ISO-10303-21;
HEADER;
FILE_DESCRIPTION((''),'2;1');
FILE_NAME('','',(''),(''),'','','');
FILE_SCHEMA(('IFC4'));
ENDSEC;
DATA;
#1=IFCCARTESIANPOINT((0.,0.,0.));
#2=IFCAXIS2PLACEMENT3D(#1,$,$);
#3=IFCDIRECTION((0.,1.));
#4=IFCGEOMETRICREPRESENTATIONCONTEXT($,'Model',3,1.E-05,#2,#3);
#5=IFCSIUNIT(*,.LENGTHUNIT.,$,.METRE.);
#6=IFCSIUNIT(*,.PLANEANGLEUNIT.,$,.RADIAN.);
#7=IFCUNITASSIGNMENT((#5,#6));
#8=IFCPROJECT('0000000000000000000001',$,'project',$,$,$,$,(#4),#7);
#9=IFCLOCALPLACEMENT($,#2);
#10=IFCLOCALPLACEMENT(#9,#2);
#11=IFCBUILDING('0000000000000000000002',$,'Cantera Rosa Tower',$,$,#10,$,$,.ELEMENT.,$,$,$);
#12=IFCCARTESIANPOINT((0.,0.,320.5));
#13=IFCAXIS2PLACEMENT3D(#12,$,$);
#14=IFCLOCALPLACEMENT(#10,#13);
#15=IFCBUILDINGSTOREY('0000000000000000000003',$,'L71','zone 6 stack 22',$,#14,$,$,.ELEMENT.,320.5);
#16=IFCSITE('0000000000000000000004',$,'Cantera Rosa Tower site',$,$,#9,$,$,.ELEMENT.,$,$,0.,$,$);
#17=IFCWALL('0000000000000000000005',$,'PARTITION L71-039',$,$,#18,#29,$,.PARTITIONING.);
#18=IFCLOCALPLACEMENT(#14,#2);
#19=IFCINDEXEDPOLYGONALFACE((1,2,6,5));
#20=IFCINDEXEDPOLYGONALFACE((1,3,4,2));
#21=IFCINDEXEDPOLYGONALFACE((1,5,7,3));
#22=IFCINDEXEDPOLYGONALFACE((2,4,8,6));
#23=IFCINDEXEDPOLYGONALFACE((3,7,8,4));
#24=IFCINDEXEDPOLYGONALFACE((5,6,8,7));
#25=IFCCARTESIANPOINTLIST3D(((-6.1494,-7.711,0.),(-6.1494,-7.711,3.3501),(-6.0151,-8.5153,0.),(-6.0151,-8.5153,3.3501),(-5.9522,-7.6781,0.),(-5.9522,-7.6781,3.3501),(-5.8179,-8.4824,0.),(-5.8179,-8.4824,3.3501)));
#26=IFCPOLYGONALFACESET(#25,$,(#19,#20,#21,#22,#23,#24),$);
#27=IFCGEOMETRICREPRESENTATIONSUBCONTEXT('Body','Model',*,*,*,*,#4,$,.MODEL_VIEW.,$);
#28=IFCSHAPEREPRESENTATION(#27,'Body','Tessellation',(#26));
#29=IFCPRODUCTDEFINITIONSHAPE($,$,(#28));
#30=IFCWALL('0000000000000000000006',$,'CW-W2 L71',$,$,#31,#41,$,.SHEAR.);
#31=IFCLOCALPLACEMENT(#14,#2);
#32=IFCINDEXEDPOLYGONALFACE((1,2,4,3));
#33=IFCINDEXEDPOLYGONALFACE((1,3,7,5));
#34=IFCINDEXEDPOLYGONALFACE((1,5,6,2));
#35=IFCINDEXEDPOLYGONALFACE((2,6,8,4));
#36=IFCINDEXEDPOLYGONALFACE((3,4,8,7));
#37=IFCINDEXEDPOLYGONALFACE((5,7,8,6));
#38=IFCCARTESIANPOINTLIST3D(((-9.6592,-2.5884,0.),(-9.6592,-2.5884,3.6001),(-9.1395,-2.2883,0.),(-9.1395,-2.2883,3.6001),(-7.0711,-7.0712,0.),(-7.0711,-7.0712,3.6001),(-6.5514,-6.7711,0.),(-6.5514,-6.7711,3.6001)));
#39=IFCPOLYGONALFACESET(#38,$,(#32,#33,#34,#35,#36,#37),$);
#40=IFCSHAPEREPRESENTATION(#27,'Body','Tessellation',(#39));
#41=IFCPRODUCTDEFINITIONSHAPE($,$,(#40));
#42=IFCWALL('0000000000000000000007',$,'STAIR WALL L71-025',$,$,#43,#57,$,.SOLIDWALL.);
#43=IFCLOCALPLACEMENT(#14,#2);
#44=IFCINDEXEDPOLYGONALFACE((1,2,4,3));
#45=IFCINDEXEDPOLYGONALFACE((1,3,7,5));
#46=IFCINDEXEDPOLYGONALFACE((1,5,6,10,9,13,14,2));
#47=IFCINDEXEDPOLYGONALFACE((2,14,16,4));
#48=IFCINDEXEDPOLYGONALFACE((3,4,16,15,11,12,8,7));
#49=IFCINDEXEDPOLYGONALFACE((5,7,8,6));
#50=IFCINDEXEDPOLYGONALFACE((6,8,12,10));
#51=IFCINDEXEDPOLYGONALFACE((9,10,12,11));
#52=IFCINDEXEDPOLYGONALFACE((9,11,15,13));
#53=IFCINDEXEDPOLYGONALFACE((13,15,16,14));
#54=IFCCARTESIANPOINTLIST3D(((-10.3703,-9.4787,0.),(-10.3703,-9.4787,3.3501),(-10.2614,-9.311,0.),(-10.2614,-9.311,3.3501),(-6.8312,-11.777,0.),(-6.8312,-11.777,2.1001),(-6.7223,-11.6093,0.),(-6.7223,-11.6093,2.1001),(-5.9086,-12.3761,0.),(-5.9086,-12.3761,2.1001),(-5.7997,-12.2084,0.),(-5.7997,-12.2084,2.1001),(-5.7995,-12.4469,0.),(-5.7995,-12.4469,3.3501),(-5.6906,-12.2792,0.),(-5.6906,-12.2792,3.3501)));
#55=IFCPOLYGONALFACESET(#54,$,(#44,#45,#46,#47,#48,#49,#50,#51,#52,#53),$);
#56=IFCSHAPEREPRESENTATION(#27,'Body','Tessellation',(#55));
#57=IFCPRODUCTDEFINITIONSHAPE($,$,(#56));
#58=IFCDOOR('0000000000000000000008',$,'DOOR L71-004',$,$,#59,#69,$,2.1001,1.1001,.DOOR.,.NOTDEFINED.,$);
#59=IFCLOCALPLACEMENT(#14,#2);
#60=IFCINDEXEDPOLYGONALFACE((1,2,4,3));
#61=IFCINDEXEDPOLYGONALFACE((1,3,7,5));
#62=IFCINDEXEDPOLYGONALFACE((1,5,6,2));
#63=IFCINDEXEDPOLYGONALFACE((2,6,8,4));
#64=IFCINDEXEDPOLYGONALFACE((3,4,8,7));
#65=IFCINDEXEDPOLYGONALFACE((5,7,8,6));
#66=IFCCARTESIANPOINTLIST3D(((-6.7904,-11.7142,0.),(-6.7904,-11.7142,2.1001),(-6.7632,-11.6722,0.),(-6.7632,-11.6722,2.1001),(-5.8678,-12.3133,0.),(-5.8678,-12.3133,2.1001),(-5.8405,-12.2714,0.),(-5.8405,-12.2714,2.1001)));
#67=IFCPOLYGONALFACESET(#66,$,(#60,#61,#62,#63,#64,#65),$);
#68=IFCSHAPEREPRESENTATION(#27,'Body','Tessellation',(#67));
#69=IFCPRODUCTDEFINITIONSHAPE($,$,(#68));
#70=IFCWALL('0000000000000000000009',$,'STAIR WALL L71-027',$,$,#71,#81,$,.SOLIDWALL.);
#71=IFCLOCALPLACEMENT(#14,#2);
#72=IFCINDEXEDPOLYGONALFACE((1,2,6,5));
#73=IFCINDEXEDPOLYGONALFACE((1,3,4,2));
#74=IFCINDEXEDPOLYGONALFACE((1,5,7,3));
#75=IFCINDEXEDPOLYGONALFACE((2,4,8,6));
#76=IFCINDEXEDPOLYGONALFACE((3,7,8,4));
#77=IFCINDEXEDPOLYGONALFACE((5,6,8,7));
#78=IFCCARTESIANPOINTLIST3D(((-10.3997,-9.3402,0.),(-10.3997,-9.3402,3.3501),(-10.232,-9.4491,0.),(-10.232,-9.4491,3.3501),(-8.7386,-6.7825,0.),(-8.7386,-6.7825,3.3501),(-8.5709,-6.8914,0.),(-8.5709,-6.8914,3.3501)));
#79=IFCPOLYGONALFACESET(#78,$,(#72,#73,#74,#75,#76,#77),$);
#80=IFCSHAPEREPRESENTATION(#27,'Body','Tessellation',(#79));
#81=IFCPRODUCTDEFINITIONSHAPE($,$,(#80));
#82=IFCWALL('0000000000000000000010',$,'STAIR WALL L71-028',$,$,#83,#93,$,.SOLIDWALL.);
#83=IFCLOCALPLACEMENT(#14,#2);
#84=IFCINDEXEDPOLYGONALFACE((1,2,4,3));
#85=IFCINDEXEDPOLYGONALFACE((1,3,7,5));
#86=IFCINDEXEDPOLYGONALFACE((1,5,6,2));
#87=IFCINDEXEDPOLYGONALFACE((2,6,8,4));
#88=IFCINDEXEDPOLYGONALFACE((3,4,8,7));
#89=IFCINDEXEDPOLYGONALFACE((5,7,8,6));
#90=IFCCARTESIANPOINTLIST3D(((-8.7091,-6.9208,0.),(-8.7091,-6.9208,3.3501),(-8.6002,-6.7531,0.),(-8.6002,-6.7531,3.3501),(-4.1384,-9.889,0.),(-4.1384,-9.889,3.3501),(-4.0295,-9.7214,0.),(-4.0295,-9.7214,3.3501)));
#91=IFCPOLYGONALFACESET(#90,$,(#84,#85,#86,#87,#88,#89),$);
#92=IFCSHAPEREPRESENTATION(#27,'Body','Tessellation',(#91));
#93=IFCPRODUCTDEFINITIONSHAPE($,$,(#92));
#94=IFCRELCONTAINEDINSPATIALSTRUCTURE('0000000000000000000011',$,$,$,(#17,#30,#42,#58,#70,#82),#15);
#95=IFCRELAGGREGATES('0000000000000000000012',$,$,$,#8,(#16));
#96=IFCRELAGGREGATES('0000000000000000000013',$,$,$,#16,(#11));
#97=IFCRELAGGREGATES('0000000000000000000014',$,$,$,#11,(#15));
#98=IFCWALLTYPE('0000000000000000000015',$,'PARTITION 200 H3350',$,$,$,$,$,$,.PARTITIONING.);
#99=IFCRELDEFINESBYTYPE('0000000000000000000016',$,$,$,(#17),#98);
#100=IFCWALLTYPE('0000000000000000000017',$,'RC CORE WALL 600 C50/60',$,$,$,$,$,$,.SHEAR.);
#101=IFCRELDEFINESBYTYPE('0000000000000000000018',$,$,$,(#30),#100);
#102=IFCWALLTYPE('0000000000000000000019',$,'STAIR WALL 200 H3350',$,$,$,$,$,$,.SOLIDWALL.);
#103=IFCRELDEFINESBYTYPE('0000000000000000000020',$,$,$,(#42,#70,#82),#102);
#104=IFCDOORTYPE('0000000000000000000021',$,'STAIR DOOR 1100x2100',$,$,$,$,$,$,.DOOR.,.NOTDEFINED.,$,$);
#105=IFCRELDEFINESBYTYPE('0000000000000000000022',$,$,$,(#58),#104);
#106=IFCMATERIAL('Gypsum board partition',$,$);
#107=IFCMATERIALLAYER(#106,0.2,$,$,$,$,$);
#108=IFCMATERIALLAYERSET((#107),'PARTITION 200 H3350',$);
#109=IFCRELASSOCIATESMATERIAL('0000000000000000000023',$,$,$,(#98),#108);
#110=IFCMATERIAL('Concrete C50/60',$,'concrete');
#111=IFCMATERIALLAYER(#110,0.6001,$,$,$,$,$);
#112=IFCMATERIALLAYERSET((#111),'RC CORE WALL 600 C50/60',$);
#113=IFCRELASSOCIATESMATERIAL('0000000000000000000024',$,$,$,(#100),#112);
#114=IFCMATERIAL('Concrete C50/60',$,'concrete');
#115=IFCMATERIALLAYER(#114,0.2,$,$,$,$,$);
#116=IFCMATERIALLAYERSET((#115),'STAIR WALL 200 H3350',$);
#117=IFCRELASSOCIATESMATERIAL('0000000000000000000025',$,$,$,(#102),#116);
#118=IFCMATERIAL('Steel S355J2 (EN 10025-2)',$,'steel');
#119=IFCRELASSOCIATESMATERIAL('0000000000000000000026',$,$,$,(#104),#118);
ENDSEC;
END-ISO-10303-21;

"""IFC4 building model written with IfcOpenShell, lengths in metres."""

from ifc_helpers import new_model, si_unit, direction, frame, frame_2d, origin, place, context, subcontext, project, spatial, rectangle, extrude, material, layer, layer_set, type_object, element, fill, save


model = new_model("IFC4")

# Units and contexts
model_context = context("Model", 3, precision=1e-05, world=origin(), true_north=direction((0.0, 1.0)))
body_context = subcontext(model_context, "Body", "Model", "MODEL_VIEW")
ifc_project = project(units=[si_unit("LENGTHUNIT", "METRE"), si_unit("PLANEANGLEUNIT", "RADIAN")], contexts=[model_context])

# Site, building, storey
site_placement = place(None, origin())
site = spatial("IfcSite", under=ifc_project, at=site_placement, Name="Cantera Rosa Tower site", CompositionType="ELEMENT", RefElevation=0.0)
building_placement = place(site_placement, origin())
building = spatial("IfcBuilding", under=site, at=building_placement, Name="Cantera Rosa Tower", CompositionType="ELEMENT")
storey_placement = place(building_placement, frame((0.0, 0.0, 320.5)))
storey = spatial("IfcBuildingStorey", under=building, at=storey_placement, Name="L71", Description="zone 6 stack 22", CompositionType="ELEMENT", Elevation=320.5)

# Walls
ifc_material_1 = material(Name="Gypsum board partition")
ifc_layer_1 = layer(ifc_material_1, 0.2)
ifc_layer_set_1 = layer_set([ifc_layer_1], Name="PARTITION 200 H3350")
wall_type_1 = type_object("IfcWallType", Name="PARTITION 200 H3350", PredefinedType="PARTITIONING", material=ifc_layer_set_1)
wall_1_placement = place(storey_placement, frame((-6.0508, -7.6946, 0.0), z_axis=(0.0, 0.0, 1.0), x_axis=(0.16469, -0.986345, 0.0)))
element("IfcWall", 1, at=wall_1_placement, inside=storey, type_object=wall_type_1, Name="PARTITION L71-039", PredefinedType="PARTITIONING", context=body_context, shape_type="SweptSolid", body=[
    extrude(rectangle(XDim=0.8154, YDim=0.2, at=frame_2d((0.4077, 0.0))), origin(), (0.0, 0.0, 1.0), 3.3501),
])
ifc_material_2 = material(Name="Concrete C50/60", Category="concrete")
ifc_layer_2 = layer(ifc_material_2, 0.6001)
ifc_layer_set_2 = layer_set([ifc_layer_2], Name="RC CORE WALL 600 C50/60")
wall_type_2 = type_object("IfcWallType", Name="RC CORE WALL 600 C50/60", PredefinedType="SHEAR", material=ifc_layer_set_2)
wall_2_placement = place(storey_placement, frame((-6.8113, -6.9211, 0.0), z_axis=(0.0, 0.0, 1.0), x_axis=(-0.499989, 0.866032, 0.0)))
element("IfcWall", 2, at=wall_2_placement, inside=storey, type_object=wall_type_2, Name="CW-W2 L71", PredefinedType="SHEAR", context=body_context, shape_type="SweptSolid", body=[
    extrude(rectangle(XDim=5.1763, YDim=0.6001, at=frame_2d((2.5881, 0.0))), origin(), (0.0, 0.0, 1.0), 3.6001),
])

# Wall, opening, door
ifc_material_3 = material(Name="Concrete C50/60", Category="concrete")
ifc_layer_3 = layer(ifc_material_3, 0.2)
ifc_layer_set_3 = layer_set([ifc_layer_3], Name="STAIR WALL 200 H3350")
wall_type_3 = type_object("IfcWallType", Name="STAIR WALL 200 H3350", PredefinedType="SOLIDWALL", material=ifc_layer_set_3)
wall_3_placement = place(storey_placement, frame((-10.3159, -9.3948, 0.0), z_axis=(0.0, 0.0, 1.0), x_axis=(0.838675, -0.544632, 0.0)))
wall_3 = element("IfcWall", 3, at=wall_3_placement, inside=storey, type_object=wall_type_3, Name="STAIR WALL L71-025", PredefinedType="SOLIDWALL", context=body_context, shape_type="SweptSolid", body=[
    extrude(rectangle(XDim=5.45, YDim=0.2, at=frame_2d((2.7251, 0.0))), origin(), (0.0, 0.0, 1.0), 3.3501),
])
opening_1_placement = place(wall_3_placement, frame((4.22, 0.0, 0.0)))
opening_1 = element("IfcOpeningElement", 4, at=opening_1_placement, cuts=wall_3, PredefinedType="OPENING", context=body_context, shape_type="SweptSolid", body=[
    extrude(rectangle(XDim=1.1001, YDim=2.1001, at=frame_2d((0.55, 1.05))), frame((0.0, 0.1099, 0.0), z_axis=(0.0, -1.0, 0.0), x_axis=(1.0, 0.0, 0.0)), (0.0, 0.0, 1.0), 0.22),
])
ifc_material_4 = material(Name="Steel S355J2 (EN 10025-2)", Category="steel")
door_type_1 = type_object("IfcDoorType", Name="STAIR DOOR 1100x2100", OperationType="NOTDEFINED", PredefinedType="DOOR", material=ifc_material_4)
door_1_placement = place(opening_1_placement, origin())
door_1 = element("IfcDoor", 5, at=door_1_placement, inside=storey, type_object=door_type_1, Name="DOOR L71-004", OperationType="NOTDEFINED", OverallHeight=2.1001, OverallWidth=1.1001, PredefinedType="DOOR", context=body_context, shape_type="SweptSolid", body=[
    extrude(rectangle(XDim=1.1001, YDim=2.1001, at=frame_2d((0.55, 1.05))), frame((0.0, 0.0249, 0.0), z_axis=(0.0, -1.0, 0.0), x_axis=(1.0, 0.0, 0.0)), (0.0, 0.0, 1.0), 0.05),
])
fill(opening_1, door_1)

# Walls
wall_4_placement = place(storey_placement, frame((-8.6548, -6.8369, 0.0), z_axis=(0.0, 0.0, 1.0), x_axis=(-0.544648, -0.838665, 0.0)))
element("IfcWall", 6, at=wall_4_placement, inside=storey, type_object=wall_type_3, Name="STAIR WALL L71-027", PredefinedType="SOLIDWALL", context=body_context, shape_type="SweptSolid", body=[
    extrude(rectangle(XDim=3.0498, YDim=0.2, at=frame_2d((1.5249, 0.0))), origin(), (0.0, 0.0, 1.0), 3.3501),
])
wall_5_placement = place(storey_placement, frame((-8.6548, -6.8369, 0.0), z_axis=(0.0, 0.0, 1.0), x_axis=(0.838675, -0.544632, 0.0)))
element("IfcWall", 7, at=wall_5_placement, inside=storey, type_object=wall_type_3, Name="STAIR WALL L71-028", PredefinedType="SOLIDWALL", context=body_context, shape_type="SweptSolid", body=[
    extrude(rectangle(XDim=5.45, YDim=0.2, at=frame_2d((2.7251, 0.0))), origin(), (0.0, 0.0, 1.0), 3.3501),
])

save(model, "model.ifc")
